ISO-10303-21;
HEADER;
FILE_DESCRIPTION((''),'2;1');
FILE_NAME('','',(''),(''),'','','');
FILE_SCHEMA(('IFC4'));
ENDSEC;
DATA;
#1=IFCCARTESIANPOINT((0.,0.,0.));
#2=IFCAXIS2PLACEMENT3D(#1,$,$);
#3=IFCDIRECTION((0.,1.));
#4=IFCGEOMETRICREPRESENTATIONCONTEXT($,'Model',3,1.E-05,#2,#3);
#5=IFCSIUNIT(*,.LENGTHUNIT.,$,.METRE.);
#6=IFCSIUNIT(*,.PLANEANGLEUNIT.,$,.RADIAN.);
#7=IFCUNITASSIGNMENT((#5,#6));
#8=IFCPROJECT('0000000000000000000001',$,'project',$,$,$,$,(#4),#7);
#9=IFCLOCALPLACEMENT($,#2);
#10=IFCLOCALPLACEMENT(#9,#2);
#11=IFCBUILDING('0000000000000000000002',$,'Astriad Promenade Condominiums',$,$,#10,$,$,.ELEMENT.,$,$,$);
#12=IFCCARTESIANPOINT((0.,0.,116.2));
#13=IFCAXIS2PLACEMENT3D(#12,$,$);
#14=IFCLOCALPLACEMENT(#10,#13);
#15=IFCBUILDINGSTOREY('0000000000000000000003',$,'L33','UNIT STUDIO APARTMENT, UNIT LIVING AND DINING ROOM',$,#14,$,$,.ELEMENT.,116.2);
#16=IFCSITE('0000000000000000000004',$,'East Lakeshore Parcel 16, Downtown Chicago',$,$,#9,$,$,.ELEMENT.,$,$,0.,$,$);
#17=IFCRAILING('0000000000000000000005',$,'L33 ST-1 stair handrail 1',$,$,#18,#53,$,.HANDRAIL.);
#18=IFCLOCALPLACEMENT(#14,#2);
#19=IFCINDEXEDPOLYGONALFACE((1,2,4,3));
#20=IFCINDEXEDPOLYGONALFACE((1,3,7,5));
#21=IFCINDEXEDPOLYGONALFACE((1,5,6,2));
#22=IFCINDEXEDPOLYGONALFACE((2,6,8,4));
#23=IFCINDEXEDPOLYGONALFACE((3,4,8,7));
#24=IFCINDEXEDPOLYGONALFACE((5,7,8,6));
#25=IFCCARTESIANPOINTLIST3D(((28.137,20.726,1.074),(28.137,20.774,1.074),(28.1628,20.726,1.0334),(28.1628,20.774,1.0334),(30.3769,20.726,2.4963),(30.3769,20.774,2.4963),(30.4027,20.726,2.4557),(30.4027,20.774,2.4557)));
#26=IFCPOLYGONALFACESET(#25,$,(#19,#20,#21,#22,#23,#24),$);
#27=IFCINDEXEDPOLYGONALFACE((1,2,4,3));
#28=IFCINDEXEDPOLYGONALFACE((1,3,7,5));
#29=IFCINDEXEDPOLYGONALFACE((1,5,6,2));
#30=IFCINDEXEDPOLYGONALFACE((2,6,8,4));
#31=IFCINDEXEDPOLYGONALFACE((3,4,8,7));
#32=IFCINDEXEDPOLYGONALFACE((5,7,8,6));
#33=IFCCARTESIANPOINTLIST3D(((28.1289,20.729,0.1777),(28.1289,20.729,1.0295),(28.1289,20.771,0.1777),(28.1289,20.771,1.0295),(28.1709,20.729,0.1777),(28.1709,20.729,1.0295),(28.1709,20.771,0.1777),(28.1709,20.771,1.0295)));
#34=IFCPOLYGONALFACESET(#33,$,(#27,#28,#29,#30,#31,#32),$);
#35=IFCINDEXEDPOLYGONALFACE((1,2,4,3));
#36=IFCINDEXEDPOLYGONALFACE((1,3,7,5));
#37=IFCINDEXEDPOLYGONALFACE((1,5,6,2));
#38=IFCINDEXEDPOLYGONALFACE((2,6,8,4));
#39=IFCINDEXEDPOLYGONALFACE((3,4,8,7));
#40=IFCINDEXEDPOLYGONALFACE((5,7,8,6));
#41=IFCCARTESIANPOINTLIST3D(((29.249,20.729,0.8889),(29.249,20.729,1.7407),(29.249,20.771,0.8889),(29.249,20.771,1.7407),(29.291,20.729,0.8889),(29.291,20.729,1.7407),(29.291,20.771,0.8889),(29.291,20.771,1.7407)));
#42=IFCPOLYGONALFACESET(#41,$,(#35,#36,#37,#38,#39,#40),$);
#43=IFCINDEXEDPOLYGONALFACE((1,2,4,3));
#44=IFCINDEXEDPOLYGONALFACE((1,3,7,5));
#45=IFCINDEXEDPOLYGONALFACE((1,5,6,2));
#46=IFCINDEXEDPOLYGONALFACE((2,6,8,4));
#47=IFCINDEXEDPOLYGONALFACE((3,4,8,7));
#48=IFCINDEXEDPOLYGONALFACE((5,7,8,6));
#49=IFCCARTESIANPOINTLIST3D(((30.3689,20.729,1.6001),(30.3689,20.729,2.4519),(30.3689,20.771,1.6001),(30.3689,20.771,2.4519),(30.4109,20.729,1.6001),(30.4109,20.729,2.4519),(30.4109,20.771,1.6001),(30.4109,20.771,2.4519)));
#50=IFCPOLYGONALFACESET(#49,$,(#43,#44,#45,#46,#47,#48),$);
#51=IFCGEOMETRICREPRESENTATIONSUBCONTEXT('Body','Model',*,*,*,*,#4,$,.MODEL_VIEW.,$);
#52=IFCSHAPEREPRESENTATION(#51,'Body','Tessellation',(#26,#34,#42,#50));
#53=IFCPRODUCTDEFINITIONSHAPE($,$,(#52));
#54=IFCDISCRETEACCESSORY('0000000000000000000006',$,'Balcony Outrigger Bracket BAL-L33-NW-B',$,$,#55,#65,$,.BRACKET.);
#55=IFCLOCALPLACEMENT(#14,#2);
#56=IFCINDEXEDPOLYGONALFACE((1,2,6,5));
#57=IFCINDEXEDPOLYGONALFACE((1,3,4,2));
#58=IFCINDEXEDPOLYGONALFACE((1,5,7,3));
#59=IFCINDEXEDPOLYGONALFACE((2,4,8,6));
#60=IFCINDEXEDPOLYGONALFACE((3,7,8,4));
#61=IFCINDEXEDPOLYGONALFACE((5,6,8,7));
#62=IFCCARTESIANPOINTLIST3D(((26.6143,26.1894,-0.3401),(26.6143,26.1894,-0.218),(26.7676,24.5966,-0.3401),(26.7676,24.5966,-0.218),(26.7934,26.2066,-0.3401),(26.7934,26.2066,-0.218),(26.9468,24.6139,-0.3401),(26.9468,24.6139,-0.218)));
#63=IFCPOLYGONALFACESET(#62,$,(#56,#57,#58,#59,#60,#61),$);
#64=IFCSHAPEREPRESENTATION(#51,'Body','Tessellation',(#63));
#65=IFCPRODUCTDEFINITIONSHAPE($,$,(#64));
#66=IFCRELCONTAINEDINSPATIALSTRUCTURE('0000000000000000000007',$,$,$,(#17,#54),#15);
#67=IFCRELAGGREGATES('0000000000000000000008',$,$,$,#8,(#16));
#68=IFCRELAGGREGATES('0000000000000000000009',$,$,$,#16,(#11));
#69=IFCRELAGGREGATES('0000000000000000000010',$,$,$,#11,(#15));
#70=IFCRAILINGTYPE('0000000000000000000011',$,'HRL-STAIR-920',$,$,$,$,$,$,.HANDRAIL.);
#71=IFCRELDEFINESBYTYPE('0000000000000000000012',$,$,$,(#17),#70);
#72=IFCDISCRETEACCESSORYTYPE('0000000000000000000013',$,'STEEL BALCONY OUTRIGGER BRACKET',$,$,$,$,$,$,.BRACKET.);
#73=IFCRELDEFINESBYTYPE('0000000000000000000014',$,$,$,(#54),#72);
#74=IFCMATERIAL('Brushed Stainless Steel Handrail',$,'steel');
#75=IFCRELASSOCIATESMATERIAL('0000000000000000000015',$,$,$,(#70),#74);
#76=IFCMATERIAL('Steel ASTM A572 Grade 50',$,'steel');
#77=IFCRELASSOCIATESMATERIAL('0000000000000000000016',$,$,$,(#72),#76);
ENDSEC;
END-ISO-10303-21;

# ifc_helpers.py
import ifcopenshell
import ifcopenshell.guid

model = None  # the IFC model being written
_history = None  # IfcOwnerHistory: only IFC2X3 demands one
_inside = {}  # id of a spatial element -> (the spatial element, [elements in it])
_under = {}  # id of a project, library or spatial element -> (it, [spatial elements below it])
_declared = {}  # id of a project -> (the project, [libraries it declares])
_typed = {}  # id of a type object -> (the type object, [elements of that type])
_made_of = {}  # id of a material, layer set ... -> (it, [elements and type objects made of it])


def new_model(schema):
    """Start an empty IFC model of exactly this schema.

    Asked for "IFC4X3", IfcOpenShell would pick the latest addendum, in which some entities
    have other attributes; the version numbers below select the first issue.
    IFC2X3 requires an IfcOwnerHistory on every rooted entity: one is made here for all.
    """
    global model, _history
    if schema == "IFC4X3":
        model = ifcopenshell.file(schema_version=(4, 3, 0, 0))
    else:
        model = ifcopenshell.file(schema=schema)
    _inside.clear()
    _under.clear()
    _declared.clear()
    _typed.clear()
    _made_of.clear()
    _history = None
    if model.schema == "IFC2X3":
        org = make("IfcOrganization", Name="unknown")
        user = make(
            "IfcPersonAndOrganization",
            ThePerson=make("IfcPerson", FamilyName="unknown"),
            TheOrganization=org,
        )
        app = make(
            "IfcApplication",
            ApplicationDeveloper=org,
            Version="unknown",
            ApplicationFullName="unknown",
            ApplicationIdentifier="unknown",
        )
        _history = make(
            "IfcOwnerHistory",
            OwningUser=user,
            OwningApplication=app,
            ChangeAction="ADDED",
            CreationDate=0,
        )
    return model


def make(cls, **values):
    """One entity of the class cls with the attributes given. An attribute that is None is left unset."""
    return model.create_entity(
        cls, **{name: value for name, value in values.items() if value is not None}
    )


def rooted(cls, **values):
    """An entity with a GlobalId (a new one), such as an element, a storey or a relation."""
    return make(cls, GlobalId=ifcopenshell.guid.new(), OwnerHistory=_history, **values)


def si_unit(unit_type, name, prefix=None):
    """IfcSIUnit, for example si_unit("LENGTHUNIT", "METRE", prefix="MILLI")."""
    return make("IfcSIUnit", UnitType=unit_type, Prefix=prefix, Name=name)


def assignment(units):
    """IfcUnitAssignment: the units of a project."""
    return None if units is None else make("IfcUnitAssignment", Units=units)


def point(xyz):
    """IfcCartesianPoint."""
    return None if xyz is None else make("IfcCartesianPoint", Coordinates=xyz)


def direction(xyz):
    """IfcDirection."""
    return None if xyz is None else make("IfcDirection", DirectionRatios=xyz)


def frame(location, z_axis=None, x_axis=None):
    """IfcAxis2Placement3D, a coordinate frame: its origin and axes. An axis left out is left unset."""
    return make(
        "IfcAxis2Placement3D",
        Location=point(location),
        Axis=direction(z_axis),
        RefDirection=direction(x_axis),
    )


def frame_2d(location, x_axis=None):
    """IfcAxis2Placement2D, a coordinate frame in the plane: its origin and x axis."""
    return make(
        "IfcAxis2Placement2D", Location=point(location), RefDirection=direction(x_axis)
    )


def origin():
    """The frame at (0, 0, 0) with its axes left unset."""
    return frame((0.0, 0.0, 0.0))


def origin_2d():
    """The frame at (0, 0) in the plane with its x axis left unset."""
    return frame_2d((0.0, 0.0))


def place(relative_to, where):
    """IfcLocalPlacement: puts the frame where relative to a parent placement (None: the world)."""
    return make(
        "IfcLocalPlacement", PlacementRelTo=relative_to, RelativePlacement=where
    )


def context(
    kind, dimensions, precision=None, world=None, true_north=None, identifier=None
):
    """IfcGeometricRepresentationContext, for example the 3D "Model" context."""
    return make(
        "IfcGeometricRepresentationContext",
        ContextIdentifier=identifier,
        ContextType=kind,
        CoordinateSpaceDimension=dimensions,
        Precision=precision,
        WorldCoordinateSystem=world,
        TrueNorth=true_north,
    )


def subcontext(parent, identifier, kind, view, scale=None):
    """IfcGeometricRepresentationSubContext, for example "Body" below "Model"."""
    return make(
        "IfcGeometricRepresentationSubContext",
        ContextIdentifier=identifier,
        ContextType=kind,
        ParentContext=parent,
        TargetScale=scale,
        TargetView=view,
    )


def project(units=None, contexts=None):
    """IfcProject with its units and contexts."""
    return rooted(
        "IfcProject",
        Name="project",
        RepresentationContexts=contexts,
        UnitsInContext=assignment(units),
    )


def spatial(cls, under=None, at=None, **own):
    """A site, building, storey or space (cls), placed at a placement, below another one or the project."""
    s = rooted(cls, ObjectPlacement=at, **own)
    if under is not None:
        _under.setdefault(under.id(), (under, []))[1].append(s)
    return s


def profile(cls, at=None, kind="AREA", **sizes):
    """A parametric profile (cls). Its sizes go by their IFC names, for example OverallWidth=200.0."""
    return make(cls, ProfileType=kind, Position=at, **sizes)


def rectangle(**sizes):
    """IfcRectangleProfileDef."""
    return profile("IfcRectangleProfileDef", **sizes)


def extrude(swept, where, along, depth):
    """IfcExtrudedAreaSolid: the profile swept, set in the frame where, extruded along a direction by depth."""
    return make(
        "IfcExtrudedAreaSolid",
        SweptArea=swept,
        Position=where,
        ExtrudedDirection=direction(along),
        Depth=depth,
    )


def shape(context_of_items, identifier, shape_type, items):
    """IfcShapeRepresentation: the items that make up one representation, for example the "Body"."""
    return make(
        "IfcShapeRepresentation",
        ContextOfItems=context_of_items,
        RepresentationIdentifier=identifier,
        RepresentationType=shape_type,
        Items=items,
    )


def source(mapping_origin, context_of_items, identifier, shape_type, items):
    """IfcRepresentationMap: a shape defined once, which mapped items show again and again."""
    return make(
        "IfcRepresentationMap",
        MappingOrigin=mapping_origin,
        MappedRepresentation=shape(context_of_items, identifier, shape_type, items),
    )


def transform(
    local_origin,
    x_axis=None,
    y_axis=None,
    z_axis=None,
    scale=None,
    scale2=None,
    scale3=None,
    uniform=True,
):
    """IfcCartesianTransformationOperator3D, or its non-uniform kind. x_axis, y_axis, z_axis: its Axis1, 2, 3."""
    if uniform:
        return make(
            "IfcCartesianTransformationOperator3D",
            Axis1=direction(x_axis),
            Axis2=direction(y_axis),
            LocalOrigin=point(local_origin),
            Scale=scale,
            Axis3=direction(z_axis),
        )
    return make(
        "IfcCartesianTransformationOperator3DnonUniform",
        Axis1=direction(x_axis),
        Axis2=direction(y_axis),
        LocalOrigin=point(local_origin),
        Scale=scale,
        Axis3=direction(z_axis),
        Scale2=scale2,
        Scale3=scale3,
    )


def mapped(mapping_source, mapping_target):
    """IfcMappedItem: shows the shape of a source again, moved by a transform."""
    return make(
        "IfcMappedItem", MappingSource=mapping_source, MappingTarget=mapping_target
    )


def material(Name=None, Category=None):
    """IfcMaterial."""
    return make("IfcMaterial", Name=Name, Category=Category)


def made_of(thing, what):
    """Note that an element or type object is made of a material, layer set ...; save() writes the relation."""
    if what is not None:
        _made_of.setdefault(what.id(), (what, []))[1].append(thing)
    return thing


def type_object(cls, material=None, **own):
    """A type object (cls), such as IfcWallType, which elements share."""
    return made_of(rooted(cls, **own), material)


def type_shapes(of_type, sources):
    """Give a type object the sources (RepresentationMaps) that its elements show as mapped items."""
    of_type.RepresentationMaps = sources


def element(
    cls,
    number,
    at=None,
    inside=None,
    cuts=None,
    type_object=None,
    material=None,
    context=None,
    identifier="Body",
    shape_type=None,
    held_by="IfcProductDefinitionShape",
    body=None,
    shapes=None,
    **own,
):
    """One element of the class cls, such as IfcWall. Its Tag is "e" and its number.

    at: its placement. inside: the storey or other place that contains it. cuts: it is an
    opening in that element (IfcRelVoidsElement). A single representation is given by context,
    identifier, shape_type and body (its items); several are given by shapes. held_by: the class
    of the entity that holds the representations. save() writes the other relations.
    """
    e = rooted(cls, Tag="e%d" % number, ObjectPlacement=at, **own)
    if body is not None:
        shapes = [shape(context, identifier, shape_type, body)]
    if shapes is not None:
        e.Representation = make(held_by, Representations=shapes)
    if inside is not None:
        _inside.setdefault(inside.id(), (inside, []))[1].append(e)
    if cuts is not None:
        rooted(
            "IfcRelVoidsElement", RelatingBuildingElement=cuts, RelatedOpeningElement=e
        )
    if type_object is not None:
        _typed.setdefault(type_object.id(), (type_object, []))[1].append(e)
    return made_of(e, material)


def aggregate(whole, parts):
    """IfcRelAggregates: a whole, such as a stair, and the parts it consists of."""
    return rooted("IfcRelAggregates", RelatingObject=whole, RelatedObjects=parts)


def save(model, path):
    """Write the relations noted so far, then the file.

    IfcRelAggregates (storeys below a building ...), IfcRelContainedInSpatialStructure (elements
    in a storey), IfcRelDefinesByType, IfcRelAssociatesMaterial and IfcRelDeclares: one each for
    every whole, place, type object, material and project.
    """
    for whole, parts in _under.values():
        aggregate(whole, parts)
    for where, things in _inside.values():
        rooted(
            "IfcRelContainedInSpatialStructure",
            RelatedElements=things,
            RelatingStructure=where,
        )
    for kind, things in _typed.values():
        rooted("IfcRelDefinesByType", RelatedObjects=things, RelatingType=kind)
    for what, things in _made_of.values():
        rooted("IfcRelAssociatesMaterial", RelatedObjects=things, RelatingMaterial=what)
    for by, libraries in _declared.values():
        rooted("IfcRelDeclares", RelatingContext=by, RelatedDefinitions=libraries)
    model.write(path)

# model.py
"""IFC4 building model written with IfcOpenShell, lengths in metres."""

from ifc_helpers import new_model, si_unit, direction, frame, origin, origin_2d, place, context, subcontext, project, spatial, rectangle, extrude, source, transform, mapped, material, type_object, type_shapes, element, save


model = new_model("IFC4")

# Units and contexts
model_context = context("Model", 3, precision=1e-05, world=origin(), true_north=direction((0.0, 1.0)))
body_context = subcontext(model_context, "Body", "Model", "MODEL_VIEW")
ifc_project = project(units=[si_unit("LENGTHUNIT", "METRE"), si_unit("PLANEANGLEUNIT", "RADIAN")], contexts=[model_context])

# Site, building, storey
site_placement = place(None, origin())
site = spatial("IfcSite", under=ifc_project, at=site_placement, Name="East Lakeshore Parcel 16, Downtown Chicago", CompositionType="ELEMENT", RefElevation=0.0)
building_placement = place(site_placement, origin())
building = spatial("IfcBuilding", under=site, at=building_placement, Name="Astriad Promenade Condominiums", CompositionType="ELEMENT")
storey_placement = place(building_placement, frame((0.0, 0.0, 116.2)))
storey = spatial("IfcBuildingStorey", under=building, at=storey_placement, Name="L33", Description="UNIT STUDIO APARTMENT, UNIT LIVING AND DINING ROOM", CompositionType="ELEMENT", Elevation=116.2)

# Railing
ifc_material_1 = material(Name="Brushed Stainless Steel Handrail", Category="steel")
railing_type_1 = type_object("IfcRailingType", Name="HRL-STAIR-920", PredefinedType="HANDRAIL", material=ifc_material_1)
shared_shape_1 = source(origin(), body_context, "Body", "SweptSolid", [
    extrude(rectangle(XDim=0.0481, YDim=0.0481, at=origin_2d()), frame((0.0, 0.0, 0.876), z_axis=(0.844188, 0.0, 0.536048), x_axis=(0.0, 1.0, 0.0)), (0.0, 0.0, 1.0), 2.6533),
    extrude(rectangle(XDim=0.042, YDim=0.042, at=origin_2d()), origin(), (0.0, 0.0, 1.0), 0.8518),
    extrude(rectangle(XDim=0.042, YDim=0.042, at=origin_2d()), frame((1.1201, 0.0, 0.7112)), (0.0, 0.0, 1.0), 0.8518),
    extrude(rectangle(XDim=0.042, YDim=0.042, at=origin_2d()), frame((2.24, 0.0, 1.4224)), (0.0, 0.0, 1.0), 0.8518),
])
type_shapes(railing_type_1, [shared_shape_1])
railing_1_placement = place(storey_placement, frame((28.1499, 20.75, 0.1777)))
element("IfcRailing", 1, at=railing_1_placement, inside=storey, type_object=railing_type_1, Name="L33 ST-1 stair handrail 1", PredefinedType="HANDRAIL", context=body_context, shape_type="MappedRepresentation", body=[
    mapped(shared_shape_1, transform((0.0, 0.0, 0.0), scale=1.0)),
])

# Discrete accessory
ifc_material_2 = material(Name="Steel ASTM A572 Grade 50", Category="steel")
discrete_accessory_type = type_object("IfcDiscreteAccessoryType", Name="STEEL BALCONY OUTRIGGER BRACKET", PredefinedType="BRACKET", material=ifc_material_2)
shared_shape_2 = source(origin(), body_context, "Body", "SweptSolid", [
    extrude(rectangle(XDim=1.6001, YDim=0.1799, at=origin_2d()), origin(), (0.0, 0.0, 1.0), 0.1221),
])
type_shapes(discrete_accessory_type, [shared_shape_2])
discrete_accessory_placement = place(storey_placement, frame((26.7805, 25.4016, -0.3401), z_axis=(0.0, 0.0, 1.0), x_axis=(-0.095846, 0.995396, 0.0)))
element("IfcDiscreteAccessory", 2, at=discrete_accessory_placement, inside=storey, type_object=discrete_accessory_type, Name="Balcony Outrigger Bracket BAL-L33-NW-B", PredefinedType="BRACKET", context=body_context, shape_type="MappedRepresentation", body=[
    mapped(shared_shape_2, transform((0.0, 0.0, 0.0), scale=1.0)),
])

save(model, "model.ifc")
